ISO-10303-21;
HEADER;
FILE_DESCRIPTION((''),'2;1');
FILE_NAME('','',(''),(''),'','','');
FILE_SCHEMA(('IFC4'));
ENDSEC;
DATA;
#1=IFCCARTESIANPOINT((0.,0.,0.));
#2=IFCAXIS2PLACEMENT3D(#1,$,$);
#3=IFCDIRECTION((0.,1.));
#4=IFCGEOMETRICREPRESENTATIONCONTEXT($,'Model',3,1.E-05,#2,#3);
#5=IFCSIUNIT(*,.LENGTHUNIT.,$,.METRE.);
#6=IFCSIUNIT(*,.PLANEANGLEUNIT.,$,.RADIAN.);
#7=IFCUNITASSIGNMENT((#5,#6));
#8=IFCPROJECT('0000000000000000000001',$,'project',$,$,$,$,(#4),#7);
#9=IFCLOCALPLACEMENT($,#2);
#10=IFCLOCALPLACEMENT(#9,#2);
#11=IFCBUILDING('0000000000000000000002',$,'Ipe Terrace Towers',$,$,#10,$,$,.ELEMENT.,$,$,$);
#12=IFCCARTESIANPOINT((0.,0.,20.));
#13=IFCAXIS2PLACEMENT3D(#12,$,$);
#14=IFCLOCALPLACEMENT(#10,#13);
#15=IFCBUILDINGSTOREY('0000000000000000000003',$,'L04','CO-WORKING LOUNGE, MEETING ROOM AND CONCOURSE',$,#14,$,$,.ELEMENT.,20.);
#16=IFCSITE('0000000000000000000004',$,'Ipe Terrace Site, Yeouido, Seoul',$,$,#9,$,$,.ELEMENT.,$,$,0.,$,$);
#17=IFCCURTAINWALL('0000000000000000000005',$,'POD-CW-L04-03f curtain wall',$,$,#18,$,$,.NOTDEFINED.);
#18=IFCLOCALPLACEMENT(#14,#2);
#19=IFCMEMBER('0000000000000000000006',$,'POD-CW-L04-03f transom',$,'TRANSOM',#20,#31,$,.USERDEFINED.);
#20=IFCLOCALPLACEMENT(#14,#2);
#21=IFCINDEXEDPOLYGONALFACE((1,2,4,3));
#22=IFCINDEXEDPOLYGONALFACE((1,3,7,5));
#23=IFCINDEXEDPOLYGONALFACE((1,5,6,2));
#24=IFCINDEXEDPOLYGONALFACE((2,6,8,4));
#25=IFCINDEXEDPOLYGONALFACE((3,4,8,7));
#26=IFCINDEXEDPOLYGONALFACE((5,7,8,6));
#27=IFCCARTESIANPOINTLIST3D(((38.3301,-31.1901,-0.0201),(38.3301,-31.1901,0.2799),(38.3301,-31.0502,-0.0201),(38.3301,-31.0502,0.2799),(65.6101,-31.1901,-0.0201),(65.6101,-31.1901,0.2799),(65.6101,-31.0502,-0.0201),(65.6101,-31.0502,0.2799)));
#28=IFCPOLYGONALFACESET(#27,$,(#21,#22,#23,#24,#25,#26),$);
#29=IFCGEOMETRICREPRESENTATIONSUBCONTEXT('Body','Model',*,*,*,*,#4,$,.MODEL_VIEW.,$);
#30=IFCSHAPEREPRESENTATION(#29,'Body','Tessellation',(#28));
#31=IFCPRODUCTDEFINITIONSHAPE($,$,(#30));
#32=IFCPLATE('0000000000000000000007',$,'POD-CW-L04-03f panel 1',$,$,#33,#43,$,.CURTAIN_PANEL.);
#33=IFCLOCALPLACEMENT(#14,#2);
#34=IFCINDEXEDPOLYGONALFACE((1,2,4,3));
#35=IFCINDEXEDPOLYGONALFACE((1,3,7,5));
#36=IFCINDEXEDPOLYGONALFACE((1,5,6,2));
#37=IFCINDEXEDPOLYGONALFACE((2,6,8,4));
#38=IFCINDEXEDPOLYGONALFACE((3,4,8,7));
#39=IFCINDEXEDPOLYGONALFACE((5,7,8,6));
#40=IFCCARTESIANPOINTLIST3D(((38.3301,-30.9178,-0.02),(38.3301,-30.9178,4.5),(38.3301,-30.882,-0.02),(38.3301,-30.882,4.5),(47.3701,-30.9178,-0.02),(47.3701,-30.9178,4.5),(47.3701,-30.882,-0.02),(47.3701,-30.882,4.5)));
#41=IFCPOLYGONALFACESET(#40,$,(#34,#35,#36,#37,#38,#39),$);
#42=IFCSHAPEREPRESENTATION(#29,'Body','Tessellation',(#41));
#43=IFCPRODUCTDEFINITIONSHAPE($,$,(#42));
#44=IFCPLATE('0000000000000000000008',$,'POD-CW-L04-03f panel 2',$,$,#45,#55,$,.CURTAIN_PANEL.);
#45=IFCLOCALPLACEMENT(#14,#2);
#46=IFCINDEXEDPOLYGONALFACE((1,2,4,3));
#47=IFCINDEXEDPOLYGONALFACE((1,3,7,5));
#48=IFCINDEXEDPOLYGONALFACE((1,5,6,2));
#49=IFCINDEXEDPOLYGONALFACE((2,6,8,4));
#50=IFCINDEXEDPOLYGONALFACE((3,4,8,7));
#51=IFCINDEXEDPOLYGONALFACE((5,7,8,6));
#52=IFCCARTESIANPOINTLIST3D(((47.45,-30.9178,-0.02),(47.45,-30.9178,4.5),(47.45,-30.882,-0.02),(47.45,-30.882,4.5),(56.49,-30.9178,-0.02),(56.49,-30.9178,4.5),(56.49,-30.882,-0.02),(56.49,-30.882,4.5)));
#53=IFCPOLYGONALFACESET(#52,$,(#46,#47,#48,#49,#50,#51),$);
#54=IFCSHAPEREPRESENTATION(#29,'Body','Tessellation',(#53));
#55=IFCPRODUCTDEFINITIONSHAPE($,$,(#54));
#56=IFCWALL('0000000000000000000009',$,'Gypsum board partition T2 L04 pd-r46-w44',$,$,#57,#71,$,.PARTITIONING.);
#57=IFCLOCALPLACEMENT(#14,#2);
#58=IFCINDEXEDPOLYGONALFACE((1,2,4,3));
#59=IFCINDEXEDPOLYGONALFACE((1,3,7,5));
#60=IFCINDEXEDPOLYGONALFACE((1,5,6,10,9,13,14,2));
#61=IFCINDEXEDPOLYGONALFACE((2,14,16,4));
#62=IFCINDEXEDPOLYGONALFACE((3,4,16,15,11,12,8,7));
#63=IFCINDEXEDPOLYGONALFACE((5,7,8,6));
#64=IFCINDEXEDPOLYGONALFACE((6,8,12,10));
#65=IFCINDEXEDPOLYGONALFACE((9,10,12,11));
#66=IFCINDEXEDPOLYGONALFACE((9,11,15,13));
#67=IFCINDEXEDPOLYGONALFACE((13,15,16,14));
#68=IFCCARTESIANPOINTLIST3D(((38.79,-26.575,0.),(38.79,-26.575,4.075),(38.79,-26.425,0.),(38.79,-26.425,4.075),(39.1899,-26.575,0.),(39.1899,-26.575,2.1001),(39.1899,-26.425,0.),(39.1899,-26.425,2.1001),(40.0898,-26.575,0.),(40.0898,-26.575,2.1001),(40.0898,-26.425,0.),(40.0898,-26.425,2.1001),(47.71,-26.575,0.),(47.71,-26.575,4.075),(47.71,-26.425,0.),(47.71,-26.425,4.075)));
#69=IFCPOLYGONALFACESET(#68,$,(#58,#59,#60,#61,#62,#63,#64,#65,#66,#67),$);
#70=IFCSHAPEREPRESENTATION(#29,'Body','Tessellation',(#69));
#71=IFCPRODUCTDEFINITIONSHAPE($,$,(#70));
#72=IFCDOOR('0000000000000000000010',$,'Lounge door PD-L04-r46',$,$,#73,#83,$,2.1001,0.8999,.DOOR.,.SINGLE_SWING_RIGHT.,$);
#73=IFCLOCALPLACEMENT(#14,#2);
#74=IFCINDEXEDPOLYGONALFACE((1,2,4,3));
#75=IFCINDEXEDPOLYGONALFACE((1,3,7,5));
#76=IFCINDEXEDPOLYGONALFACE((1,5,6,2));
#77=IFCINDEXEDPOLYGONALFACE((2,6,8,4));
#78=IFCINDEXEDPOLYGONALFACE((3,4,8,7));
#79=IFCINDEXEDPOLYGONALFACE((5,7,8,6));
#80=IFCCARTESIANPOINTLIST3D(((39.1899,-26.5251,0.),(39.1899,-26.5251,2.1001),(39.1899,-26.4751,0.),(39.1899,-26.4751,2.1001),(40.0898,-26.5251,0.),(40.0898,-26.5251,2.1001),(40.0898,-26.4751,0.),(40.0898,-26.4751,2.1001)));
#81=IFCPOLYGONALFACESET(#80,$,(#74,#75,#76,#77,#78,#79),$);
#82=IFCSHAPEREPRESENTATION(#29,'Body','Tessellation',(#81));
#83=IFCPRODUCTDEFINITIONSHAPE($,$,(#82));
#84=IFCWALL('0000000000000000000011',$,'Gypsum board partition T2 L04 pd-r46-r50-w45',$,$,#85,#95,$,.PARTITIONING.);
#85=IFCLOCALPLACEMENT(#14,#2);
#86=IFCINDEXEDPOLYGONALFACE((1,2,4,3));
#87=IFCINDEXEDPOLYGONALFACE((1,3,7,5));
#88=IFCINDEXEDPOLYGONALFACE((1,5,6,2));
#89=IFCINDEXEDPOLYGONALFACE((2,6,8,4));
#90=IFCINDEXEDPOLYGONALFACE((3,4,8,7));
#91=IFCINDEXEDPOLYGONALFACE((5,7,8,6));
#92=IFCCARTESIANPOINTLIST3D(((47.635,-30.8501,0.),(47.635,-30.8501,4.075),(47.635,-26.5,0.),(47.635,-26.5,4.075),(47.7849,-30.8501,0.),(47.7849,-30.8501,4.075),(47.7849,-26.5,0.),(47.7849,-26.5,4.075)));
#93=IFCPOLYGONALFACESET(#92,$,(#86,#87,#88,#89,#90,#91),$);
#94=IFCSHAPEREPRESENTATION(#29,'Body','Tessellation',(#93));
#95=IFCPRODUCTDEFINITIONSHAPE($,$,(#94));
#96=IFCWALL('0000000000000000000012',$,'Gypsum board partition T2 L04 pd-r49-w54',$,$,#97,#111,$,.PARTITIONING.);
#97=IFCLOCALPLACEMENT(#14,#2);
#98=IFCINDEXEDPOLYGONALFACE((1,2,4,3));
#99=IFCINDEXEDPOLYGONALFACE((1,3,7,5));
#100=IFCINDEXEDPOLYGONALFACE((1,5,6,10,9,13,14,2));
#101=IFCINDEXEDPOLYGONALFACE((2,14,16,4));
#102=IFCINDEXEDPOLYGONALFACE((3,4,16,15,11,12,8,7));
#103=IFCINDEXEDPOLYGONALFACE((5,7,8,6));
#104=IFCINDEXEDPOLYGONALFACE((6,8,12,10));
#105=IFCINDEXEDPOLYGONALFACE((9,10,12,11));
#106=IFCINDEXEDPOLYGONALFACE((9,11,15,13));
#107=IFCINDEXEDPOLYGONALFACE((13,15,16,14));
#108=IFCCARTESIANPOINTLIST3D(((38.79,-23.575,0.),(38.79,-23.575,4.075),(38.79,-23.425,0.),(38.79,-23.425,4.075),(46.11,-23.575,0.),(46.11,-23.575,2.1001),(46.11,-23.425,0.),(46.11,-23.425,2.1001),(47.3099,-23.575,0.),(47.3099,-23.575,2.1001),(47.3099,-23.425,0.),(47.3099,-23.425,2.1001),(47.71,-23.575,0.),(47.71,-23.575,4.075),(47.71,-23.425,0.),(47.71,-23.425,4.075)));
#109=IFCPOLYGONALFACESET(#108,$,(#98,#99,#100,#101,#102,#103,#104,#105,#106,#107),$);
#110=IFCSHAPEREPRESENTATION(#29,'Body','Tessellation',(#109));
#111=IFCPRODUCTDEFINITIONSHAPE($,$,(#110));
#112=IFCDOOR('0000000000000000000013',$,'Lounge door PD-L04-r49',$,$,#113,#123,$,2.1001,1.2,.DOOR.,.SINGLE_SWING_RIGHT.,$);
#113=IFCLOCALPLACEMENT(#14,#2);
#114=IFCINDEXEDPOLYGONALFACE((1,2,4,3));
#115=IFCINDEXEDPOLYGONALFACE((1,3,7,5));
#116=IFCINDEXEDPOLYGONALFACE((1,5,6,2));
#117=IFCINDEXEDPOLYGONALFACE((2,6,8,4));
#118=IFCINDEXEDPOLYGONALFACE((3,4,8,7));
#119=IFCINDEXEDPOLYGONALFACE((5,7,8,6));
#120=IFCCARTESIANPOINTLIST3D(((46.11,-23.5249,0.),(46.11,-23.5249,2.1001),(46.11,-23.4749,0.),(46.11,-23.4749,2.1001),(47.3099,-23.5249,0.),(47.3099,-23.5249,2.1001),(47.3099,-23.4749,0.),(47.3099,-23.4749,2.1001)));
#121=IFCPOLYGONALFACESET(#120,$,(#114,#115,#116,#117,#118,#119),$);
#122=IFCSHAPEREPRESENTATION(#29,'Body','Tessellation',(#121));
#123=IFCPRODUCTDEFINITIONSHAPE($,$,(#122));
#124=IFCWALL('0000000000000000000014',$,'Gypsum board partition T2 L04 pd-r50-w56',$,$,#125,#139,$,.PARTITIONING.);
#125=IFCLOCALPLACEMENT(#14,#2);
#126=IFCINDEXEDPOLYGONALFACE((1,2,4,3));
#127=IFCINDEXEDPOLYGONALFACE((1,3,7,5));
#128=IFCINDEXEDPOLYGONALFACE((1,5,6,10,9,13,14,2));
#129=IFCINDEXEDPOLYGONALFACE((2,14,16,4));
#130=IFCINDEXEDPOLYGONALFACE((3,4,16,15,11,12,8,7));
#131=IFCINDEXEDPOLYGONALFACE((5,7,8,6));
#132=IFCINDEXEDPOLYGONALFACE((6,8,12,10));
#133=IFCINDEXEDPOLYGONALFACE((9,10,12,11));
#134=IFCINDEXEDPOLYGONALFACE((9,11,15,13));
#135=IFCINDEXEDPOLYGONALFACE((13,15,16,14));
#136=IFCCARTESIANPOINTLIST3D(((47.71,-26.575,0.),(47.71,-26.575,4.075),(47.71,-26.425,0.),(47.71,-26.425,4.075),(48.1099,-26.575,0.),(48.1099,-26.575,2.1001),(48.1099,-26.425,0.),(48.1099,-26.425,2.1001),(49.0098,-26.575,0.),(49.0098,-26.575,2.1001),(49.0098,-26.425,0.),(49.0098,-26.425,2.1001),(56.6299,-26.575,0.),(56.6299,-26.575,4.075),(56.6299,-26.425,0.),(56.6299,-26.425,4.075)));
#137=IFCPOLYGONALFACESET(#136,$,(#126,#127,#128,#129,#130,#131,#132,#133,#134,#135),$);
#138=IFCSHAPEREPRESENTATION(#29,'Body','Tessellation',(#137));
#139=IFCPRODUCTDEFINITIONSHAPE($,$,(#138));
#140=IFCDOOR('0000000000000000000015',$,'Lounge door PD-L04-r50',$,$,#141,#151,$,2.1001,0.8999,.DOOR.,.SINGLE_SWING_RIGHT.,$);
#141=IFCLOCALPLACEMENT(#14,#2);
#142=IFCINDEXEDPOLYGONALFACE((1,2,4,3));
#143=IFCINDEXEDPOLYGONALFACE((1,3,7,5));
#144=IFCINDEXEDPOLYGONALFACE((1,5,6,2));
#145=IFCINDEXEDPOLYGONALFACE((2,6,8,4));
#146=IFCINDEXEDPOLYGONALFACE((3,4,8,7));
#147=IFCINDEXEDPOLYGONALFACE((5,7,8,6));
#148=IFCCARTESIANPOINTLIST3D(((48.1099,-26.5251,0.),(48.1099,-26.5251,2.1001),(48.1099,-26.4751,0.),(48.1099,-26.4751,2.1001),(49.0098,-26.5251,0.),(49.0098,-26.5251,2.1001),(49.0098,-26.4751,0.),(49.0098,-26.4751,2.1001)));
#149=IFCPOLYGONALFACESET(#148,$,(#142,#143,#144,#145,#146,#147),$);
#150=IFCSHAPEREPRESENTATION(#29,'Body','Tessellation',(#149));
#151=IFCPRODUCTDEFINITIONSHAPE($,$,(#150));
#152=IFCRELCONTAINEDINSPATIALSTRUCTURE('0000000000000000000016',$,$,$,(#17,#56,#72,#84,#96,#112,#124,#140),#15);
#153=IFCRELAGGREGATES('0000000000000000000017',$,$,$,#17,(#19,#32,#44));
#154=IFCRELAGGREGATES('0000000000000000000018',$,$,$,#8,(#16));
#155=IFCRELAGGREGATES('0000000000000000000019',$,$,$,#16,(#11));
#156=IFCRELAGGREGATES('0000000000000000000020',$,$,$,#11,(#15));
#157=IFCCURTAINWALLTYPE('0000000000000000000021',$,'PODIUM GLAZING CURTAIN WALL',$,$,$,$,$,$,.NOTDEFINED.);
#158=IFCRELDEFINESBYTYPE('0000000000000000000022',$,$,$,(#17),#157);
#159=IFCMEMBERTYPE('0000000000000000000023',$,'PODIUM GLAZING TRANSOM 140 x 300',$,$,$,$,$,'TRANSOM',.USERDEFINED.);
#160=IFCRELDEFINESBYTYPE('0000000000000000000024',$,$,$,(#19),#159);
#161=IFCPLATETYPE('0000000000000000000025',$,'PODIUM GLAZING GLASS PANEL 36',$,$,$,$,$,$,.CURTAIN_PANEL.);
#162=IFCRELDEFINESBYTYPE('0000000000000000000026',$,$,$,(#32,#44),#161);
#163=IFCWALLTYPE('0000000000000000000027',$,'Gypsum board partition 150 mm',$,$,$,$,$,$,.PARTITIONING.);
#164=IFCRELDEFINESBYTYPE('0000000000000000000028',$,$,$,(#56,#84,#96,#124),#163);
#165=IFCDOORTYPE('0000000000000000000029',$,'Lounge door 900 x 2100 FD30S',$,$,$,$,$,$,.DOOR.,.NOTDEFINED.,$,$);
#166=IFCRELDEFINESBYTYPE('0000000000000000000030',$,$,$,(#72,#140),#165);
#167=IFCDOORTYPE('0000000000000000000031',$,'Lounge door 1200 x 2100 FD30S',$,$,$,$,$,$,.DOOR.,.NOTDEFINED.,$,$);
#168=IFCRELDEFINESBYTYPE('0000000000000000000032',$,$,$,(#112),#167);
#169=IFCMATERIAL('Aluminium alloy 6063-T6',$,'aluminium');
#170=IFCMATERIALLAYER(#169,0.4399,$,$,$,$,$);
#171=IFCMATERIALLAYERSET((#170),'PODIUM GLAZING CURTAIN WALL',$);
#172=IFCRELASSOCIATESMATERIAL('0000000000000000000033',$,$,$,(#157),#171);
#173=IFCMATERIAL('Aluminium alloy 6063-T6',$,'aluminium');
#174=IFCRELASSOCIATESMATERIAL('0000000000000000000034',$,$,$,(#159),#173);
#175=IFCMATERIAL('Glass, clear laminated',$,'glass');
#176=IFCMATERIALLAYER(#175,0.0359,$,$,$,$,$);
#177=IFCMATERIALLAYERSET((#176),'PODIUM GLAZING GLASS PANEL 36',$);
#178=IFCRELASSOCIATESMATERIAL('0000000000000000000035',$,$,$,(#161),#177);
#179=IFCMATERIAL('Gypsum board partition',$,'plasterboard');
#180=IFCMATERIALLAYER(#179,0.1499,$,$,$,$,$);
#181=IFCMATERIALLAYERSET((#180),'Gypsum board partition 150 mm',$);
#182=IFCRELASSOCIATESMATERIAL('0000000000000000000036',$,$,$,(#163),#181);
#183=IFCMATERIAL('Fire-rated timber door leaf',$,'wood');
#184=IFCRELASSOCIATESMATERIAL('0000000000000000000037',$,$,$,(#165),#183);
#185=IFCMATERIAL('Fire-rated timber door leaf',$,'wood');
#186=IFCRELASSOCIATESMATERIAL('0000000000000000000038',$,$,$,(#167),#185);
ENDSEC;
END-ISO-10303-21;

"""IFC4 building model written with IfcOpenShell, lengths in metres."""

from ifc_helpers import new_model, si_unit, direction, frame, frame_2d, origin, origin_2d, place, context, subcontext, project, spatial, rectangle, extrude, material, layer, layer_set, material_profile, profile_set, type_object, element, fill, aggregate, save


model = new_model("IFC4")

# Units and contexts
model_context = context("Model", 3, precision=1e-05, world=origin(), true_north=direction((0.0, 1.0)))
body_context = subcontext(model_context, "Body", "Model", "MODEL_VIEW")
ifc_project = project(units=[si_unit("LENGTHUNIT", "METRE"), si_unit("PLANEANGLEUNIT", "RADIAN")], contexts=[model_context])

# Site, building, storey
site_placement = place(None, origin())
site = spatial("IfcSite", under=ifc_project, at=site_placement, Name="Ipe Terrace Site, Yeouido, Seoul", CompositionType="ELEMENT", RefElevation=0.0)
building_placement = place(site_placement, origin())
building = spatial("IfcBuilding", under=site, at=building_placement, Name="Ipe Terrace Towers", CompositionType="ELEMENT")
storey_placement = place(building_placement, frame((0.0, 0.0, 20.0)))
storey = spatial("IfcBuildingStorey", under=building, at=storey_placement, Name="L04", Description="CO-WORKING LOUNGE, MEETING ROOM AND CONCOURSE", CompositionType="ELEMENT", Elevation=20.0)

# Curtain wall, member, plates
ifc_material_1 = material(Name="Aluminium alloy 6063-T6", Category="aluminium")
ifc_layer_1 = layer(ifc_material_1, 0.4399)
ifc_layer_set_1 = layer_set([ifc_layer_1], Name="PODIUM GLAZING CURTAIN WALL")
curtain_wall_type = type_object("IfcCurtainWallType", Name="PODIUM GLAZING CURTAIN WALL", PredefinedType="NOTDEFINED", material=ifc_layer_set_1)
curtain_wall_placement = place(storey_placement, origin())
curtain_wall = element("IfcCurtainWall", 1, at=curtain_wall_placement, inside=storey, type_object=curtain_wall_type, Name="POD-CW-L04-03f curtain wall", PredefinedType="NOTDEFINED")
ifc_material_2 = material(Name="Aluminium alloy 6063-T6", Category="aluminium")
ifc_material_profile_1 = material_profile(ifc_material_2, rectangle(XDim=0.1399, YDim=0.3, at=origin_2d()), Name="PODIUM GLAZING TRANSOM 140 x 300")
ifc_profile_set_1 = profile_set([ifc_material_profile_1], Name="Aluminium alloy 6063-T6")
member_type_1 = type_object("IfcMemberType", Name="PODIUM GLAZING TRANSOM 140 x 300", ElementType="TRANSOM", PredefinedType="USERDEFINED", material=ifc_profile_set_1)
member_1_placement = place(storey_placement, frame((38.3301, -31.1201, 0.1299), z_axis=(1.0, 0.0, 0.0), x_axis=(0.0, -1.0, 0.0)))
member_1 = element("IfcMember", 2, at=member_1_placement, type_object=member_type_1, Name="POD-CW-L04-03f transom", ObjectType="TRANSOM", PredefinedType="USERDEFINED", context=body_context, shape_type="SweptSolid", body=[
    extrude(rectangle(XDim=0.1399, YDim=0.3, at=origin_2d()), origin(), (0.0, 0.0, 1.0), 27.28),
])
ifc_material_3 = material(Name="Glass, clear laminated", Category="glass")
ifc_layer_2 = layer(ifc_material_3, 0.0359)
ifc_layer_set_2 = layer_set([ifc_layer_2], Name="PODIUM GLAZING GLASS PANEL 36")
plate_type = type_object("IfcPlateType", Name="PODIUM GLAZING GLASS PANEL 36", PredefinedType="CURTAIN_PANEL", material=ifc_layer_set_2)
plate_1_placement = place(storey_placement, frame((42.8501, -30.8999, -0.02), z_axis=(0.0, 0.0, 1.0), x_axis=(1.0, 0.0, 0.0)))
plate_1 = element("IfcPlate", 3, at=plate_1_placement, type_object=plate_type, Name="POD-CW-L04-03f panel 1", PredefinedType="CURTAIN_PANEL", context=body_context, shape_type="SweptSolid", body=[
    extrude(rectangle(XDim=9.04, YDim=0.0359, at=origin_2d()), origin(), (0.0, 0.0, 1.0), 4.52),
])
plate_2_placement = place(storey_placement, frame((51.97, -30.8999, -0.02), z_axis=(0.0, 0.0, 1.0), x_axis=(1.0, 0.0, 0.0)))
plate_2 = element("IfcPlate", 4, at=plate_2_placement, type_object=plate_type, Name="POD-CW-L04-03f panel 2", PredefinedType="CURTAIN_PANEL", context=body_context, shape_type="SweptSolid", body=[
    extrude(rectangle(XDim=9.04, YDim=0.0359, at=origin_2d()), origin(), (0.0, 0.0, 1.0), 4.52),
])
aggregate(curtain_wall, [member_1, plate_1, plate_2])

# Wall, opening, door
ifc_material_4 = material(Name="Gypsum board partition", Category="plasterboard")
ifc_layer_3 = layer(ifc_material_4, 0.1499)
ifc_layer_set_3 = layer_set([ifc_layer_3], Name="Gypsum board partition 150 mm")
wall_type_1 = type_object("IfcWallType", Name="Gypsum board partition 150 mm", PredefinedType="PARTITIONING", material=ifc_layer_set_3)
wall_1_placement = place(storey_placement, frame((38.79, -26.5, 0.0), z_axis=(0.0, 0.0, 1.0), x_axis=(1.0, 0.0, 0.0)))
wall_1 = element("IfcWall", 5, at=wall_1_placement, inside=storey, type_object=wall_type_1, Name="Gypsum board partition T2 L04 pd-r46-w44", PredefinedType="PARTITIONING", context=body_context, shape_type="SweptSolid", body=[
    extrude(rectangle(XDim=8.9199, YDim=0.1499, at=frame_2d((4.46, 0.0))), origin(), (0.0, 0.0, 1.0), 4.075),
])
opening_1_placement = place(wall_1_placement, frame((0.3999, 0.0, 0.0)))
opening_1 = element("IfcOpeningElement", 6, at=opening_1_placement, cuts=wall_1, PredefinedType="OPENING", context=body_context, shape_type="SweptSolid", body=[
    extrude(rectangle(XDim=0.8999, YDim=2.1001, at=frame_2d((0.45, 1.05))), frame((0.0, 0.085, 0.0), z_axis=(0.0, -1.0, 0.0), x_axis=(1.0, 0.0, 0.0)), (0.0, 0.0, 1.0), 0.1699),
])
ifc_material_5 = material(Name="Fire-rated timber door leaf", Category="wood")
door_type_1 = type_object("IfcDoorType", Name="Lounge door 900 x 2100 FD30S", OperationType="NOTDEFINED", PredefinedType="DOOR", material=ifc_material_5)
door_1_placement = place(opening_1_placement, origin())
door_1 = element("IfcDoor", 7, at=door_1_placement, inside=storey, type_object=door_type_1, Name="Lounge door PD-L04-r46", OperationType="SINGLE_SWING_RIGHT", OverallHeight=2.1001, OverallWidth=0.8999, PredefinedType="DOOR", context=body_context, shape_type="SweptSolid", body=[
    extrude(rectangle(XDim=0.8999, YDim=2.1001, at=frame_2d((0.45, 1.05))), frame((0.0, 0.0249, 0.0), z_axis=(0.0, -1.0, 0.0), x_axis=(1.0, 0.0, 0.0)), (0.0, 0.0, 1.0), 0.05),
])
fill(opening_1, door_1)

# Wall
wall_2_placement = place(storey_placement, frame((47.71, -26.5, 0.0), z_axis=(0.0, 0.0, 1.0), x_axis=(0.0, -1.0, 0.0)))
element("IfcWall", 8, at=wall_2_placement, inside=storey, type_object=wall_type_1, Name="Gypsum board partition T2 L04 pd-r46-r50-w45", PredefinedType="PARTITIONING", context=body_context, shape_type="SweptSolid", body=[
    extrude(rectangle(XDim=4.3501, YDim=0.1499, at=frame_2d((2.175, 0.0))), origin(), (0.0, 0.0, 1.0), 4.075),
])

# Walls, openings, doors
wall_3_placement = place(storey_placement, frame((47.71, -23.5, 0.0), z_axis=(0.0, 0.0, 1.0), x_axis=(-1.0, 0.0, 0.0)))
wall_3 = element("IfcWall", 9, at=wall_3_placement, inside=storey, type_object=wall_type_1, Name="Gypsum board partition T2 L04 pd-r49-w54", PredefinedType="PARTITIONING", context=body_context, shape_type="SweptSolid", body=[
    extrude(rectangle(XDim=8.9199, YDim=0.1499, at=frame_2d((4.46, 0.0))), origin(), (0.0, 0.0, 1.0), 4.075),
])
opening_2_placement = place(wall_3_placement, frame((0.3999, 0.0, 0.0)))
opening_2 = element("IfcOpeningElement", 10, at=opening_2_placement, cuts=wall_3, PredefinedType="OPENING", context=body_context, shape_type="SweptSolid", body=[
    extrude(rectangle(XDim=1.2, YDim=2.1001, at=frame_2d((0.6001, 1.05))), frame((0.0, 0.085, 0.0), z_axis=(0.0, -1.0, 0.0), x_axis=(1.0, 0.0, 0.0)), (0.0, 0.0, 1.0), 0.1699),
])
ifc_material_6 = material(Name="Fire-rated timber door leaf", Category="wood")
door_type_2 = type_object("IfcDoorType", Name="Lounge door 1200 x 2100 FD30S", OperationType="NOTDEFINED", PredefinedType="DOOR", material=ifc_material_6)
door_2_placement = place(opening_2_placement, origin())
door_2 = element("IfcDoor", 11, at=door_2_placement, inside=storey, type_object=door_type_2, Name="Lounge door PD-L04-r49", OperationType="SINGLE_SWING_RIGHT", OverallHeight=2.1001, OverallWidth=1.2, PredefinedType="DOOR", context=body_context, shape_type="SweptSolid", body=[
    extrude(rectangle(XDim=1.2, YDim=2.1001, at=frame_2d((0.6001, 1.05))), frame((0.0, 0.0249, 0.0), z_axis=(0.0, -1.0, 0.0), x_axis=(1.0, 0.0, 0.0)), (0.0, 0.0, 1.0), 0.05),
])
fill(opening_2, door_2)
wall_4_placement = place(storey_placement, frame((47.71, -26.5, 0.0), z_axis=(0.0, 0.0, 1.0), x_axis=(1.0, 0.0, 0.0)))
wall_4 = element("IfcWall", 12, at=wall_4_placement, inside=storey, type_object=wall_type_1, Name="Gypsum board partition T2 L04 pd-r50-w56", PredefinedType="PARTITIONING", context=body_context, shape_type="SweptSolid", body=[
    extrude(rectangle(XDim=8.9199, YDim=0.1499, at=frame_2d((4.46, 0.0))), origin(), (0.0, 0.0, 1.0), 4.075),
])
opening_3_placement = place(wall_4_placement, frame((0.3999, 0.0, 0.0)))
opening_3 = element("IfcOpeningElement", 13, at=opening_3_placement, cuts=wall_4, PredefinedType="OPENING", context=body_context, shape_type="SweptSolid", body=[
    extrude(rectangle(XDim=0.8999, YDim=2.1001, at=frame_2d((0.45, 1.05))), frame((0.0, 0.085, 0.0), z_axis=(0.0, -1.0, 0.0), x_axis=(1.0, 0.0, 0.0)), (0.0, 0.0, 1.0), 0.1699),
])
door_3_placement = place(opening_3_placement, origin())
door_3 = element("IfcDoor", 14, at=door_3_placement, inside=storey, type_object=door_type_1, Name="Lounge door PD-L04-r50", OperationType="SINGLE_SWING_RIGHT", OverallHeight=2.1001, OverallWidth=0.8999, PredefinedType="DOOR", context=body_context, shape_type="SweptSolid", body=[
    extrude(rectangle(XDim=0.8999, YDim=2.1001, at=frame_2d((0.45, 1.05))), frame((0.0, 0.0249, 0.0), z_axis=(0.0, -1.0, 0.0), x_axis=(1.0, 0.0, 0.0)), (0.0, 0.0, 1.0), 0.05),
])
fill(opening_3, door_3)

save(model, "model.ifc")
